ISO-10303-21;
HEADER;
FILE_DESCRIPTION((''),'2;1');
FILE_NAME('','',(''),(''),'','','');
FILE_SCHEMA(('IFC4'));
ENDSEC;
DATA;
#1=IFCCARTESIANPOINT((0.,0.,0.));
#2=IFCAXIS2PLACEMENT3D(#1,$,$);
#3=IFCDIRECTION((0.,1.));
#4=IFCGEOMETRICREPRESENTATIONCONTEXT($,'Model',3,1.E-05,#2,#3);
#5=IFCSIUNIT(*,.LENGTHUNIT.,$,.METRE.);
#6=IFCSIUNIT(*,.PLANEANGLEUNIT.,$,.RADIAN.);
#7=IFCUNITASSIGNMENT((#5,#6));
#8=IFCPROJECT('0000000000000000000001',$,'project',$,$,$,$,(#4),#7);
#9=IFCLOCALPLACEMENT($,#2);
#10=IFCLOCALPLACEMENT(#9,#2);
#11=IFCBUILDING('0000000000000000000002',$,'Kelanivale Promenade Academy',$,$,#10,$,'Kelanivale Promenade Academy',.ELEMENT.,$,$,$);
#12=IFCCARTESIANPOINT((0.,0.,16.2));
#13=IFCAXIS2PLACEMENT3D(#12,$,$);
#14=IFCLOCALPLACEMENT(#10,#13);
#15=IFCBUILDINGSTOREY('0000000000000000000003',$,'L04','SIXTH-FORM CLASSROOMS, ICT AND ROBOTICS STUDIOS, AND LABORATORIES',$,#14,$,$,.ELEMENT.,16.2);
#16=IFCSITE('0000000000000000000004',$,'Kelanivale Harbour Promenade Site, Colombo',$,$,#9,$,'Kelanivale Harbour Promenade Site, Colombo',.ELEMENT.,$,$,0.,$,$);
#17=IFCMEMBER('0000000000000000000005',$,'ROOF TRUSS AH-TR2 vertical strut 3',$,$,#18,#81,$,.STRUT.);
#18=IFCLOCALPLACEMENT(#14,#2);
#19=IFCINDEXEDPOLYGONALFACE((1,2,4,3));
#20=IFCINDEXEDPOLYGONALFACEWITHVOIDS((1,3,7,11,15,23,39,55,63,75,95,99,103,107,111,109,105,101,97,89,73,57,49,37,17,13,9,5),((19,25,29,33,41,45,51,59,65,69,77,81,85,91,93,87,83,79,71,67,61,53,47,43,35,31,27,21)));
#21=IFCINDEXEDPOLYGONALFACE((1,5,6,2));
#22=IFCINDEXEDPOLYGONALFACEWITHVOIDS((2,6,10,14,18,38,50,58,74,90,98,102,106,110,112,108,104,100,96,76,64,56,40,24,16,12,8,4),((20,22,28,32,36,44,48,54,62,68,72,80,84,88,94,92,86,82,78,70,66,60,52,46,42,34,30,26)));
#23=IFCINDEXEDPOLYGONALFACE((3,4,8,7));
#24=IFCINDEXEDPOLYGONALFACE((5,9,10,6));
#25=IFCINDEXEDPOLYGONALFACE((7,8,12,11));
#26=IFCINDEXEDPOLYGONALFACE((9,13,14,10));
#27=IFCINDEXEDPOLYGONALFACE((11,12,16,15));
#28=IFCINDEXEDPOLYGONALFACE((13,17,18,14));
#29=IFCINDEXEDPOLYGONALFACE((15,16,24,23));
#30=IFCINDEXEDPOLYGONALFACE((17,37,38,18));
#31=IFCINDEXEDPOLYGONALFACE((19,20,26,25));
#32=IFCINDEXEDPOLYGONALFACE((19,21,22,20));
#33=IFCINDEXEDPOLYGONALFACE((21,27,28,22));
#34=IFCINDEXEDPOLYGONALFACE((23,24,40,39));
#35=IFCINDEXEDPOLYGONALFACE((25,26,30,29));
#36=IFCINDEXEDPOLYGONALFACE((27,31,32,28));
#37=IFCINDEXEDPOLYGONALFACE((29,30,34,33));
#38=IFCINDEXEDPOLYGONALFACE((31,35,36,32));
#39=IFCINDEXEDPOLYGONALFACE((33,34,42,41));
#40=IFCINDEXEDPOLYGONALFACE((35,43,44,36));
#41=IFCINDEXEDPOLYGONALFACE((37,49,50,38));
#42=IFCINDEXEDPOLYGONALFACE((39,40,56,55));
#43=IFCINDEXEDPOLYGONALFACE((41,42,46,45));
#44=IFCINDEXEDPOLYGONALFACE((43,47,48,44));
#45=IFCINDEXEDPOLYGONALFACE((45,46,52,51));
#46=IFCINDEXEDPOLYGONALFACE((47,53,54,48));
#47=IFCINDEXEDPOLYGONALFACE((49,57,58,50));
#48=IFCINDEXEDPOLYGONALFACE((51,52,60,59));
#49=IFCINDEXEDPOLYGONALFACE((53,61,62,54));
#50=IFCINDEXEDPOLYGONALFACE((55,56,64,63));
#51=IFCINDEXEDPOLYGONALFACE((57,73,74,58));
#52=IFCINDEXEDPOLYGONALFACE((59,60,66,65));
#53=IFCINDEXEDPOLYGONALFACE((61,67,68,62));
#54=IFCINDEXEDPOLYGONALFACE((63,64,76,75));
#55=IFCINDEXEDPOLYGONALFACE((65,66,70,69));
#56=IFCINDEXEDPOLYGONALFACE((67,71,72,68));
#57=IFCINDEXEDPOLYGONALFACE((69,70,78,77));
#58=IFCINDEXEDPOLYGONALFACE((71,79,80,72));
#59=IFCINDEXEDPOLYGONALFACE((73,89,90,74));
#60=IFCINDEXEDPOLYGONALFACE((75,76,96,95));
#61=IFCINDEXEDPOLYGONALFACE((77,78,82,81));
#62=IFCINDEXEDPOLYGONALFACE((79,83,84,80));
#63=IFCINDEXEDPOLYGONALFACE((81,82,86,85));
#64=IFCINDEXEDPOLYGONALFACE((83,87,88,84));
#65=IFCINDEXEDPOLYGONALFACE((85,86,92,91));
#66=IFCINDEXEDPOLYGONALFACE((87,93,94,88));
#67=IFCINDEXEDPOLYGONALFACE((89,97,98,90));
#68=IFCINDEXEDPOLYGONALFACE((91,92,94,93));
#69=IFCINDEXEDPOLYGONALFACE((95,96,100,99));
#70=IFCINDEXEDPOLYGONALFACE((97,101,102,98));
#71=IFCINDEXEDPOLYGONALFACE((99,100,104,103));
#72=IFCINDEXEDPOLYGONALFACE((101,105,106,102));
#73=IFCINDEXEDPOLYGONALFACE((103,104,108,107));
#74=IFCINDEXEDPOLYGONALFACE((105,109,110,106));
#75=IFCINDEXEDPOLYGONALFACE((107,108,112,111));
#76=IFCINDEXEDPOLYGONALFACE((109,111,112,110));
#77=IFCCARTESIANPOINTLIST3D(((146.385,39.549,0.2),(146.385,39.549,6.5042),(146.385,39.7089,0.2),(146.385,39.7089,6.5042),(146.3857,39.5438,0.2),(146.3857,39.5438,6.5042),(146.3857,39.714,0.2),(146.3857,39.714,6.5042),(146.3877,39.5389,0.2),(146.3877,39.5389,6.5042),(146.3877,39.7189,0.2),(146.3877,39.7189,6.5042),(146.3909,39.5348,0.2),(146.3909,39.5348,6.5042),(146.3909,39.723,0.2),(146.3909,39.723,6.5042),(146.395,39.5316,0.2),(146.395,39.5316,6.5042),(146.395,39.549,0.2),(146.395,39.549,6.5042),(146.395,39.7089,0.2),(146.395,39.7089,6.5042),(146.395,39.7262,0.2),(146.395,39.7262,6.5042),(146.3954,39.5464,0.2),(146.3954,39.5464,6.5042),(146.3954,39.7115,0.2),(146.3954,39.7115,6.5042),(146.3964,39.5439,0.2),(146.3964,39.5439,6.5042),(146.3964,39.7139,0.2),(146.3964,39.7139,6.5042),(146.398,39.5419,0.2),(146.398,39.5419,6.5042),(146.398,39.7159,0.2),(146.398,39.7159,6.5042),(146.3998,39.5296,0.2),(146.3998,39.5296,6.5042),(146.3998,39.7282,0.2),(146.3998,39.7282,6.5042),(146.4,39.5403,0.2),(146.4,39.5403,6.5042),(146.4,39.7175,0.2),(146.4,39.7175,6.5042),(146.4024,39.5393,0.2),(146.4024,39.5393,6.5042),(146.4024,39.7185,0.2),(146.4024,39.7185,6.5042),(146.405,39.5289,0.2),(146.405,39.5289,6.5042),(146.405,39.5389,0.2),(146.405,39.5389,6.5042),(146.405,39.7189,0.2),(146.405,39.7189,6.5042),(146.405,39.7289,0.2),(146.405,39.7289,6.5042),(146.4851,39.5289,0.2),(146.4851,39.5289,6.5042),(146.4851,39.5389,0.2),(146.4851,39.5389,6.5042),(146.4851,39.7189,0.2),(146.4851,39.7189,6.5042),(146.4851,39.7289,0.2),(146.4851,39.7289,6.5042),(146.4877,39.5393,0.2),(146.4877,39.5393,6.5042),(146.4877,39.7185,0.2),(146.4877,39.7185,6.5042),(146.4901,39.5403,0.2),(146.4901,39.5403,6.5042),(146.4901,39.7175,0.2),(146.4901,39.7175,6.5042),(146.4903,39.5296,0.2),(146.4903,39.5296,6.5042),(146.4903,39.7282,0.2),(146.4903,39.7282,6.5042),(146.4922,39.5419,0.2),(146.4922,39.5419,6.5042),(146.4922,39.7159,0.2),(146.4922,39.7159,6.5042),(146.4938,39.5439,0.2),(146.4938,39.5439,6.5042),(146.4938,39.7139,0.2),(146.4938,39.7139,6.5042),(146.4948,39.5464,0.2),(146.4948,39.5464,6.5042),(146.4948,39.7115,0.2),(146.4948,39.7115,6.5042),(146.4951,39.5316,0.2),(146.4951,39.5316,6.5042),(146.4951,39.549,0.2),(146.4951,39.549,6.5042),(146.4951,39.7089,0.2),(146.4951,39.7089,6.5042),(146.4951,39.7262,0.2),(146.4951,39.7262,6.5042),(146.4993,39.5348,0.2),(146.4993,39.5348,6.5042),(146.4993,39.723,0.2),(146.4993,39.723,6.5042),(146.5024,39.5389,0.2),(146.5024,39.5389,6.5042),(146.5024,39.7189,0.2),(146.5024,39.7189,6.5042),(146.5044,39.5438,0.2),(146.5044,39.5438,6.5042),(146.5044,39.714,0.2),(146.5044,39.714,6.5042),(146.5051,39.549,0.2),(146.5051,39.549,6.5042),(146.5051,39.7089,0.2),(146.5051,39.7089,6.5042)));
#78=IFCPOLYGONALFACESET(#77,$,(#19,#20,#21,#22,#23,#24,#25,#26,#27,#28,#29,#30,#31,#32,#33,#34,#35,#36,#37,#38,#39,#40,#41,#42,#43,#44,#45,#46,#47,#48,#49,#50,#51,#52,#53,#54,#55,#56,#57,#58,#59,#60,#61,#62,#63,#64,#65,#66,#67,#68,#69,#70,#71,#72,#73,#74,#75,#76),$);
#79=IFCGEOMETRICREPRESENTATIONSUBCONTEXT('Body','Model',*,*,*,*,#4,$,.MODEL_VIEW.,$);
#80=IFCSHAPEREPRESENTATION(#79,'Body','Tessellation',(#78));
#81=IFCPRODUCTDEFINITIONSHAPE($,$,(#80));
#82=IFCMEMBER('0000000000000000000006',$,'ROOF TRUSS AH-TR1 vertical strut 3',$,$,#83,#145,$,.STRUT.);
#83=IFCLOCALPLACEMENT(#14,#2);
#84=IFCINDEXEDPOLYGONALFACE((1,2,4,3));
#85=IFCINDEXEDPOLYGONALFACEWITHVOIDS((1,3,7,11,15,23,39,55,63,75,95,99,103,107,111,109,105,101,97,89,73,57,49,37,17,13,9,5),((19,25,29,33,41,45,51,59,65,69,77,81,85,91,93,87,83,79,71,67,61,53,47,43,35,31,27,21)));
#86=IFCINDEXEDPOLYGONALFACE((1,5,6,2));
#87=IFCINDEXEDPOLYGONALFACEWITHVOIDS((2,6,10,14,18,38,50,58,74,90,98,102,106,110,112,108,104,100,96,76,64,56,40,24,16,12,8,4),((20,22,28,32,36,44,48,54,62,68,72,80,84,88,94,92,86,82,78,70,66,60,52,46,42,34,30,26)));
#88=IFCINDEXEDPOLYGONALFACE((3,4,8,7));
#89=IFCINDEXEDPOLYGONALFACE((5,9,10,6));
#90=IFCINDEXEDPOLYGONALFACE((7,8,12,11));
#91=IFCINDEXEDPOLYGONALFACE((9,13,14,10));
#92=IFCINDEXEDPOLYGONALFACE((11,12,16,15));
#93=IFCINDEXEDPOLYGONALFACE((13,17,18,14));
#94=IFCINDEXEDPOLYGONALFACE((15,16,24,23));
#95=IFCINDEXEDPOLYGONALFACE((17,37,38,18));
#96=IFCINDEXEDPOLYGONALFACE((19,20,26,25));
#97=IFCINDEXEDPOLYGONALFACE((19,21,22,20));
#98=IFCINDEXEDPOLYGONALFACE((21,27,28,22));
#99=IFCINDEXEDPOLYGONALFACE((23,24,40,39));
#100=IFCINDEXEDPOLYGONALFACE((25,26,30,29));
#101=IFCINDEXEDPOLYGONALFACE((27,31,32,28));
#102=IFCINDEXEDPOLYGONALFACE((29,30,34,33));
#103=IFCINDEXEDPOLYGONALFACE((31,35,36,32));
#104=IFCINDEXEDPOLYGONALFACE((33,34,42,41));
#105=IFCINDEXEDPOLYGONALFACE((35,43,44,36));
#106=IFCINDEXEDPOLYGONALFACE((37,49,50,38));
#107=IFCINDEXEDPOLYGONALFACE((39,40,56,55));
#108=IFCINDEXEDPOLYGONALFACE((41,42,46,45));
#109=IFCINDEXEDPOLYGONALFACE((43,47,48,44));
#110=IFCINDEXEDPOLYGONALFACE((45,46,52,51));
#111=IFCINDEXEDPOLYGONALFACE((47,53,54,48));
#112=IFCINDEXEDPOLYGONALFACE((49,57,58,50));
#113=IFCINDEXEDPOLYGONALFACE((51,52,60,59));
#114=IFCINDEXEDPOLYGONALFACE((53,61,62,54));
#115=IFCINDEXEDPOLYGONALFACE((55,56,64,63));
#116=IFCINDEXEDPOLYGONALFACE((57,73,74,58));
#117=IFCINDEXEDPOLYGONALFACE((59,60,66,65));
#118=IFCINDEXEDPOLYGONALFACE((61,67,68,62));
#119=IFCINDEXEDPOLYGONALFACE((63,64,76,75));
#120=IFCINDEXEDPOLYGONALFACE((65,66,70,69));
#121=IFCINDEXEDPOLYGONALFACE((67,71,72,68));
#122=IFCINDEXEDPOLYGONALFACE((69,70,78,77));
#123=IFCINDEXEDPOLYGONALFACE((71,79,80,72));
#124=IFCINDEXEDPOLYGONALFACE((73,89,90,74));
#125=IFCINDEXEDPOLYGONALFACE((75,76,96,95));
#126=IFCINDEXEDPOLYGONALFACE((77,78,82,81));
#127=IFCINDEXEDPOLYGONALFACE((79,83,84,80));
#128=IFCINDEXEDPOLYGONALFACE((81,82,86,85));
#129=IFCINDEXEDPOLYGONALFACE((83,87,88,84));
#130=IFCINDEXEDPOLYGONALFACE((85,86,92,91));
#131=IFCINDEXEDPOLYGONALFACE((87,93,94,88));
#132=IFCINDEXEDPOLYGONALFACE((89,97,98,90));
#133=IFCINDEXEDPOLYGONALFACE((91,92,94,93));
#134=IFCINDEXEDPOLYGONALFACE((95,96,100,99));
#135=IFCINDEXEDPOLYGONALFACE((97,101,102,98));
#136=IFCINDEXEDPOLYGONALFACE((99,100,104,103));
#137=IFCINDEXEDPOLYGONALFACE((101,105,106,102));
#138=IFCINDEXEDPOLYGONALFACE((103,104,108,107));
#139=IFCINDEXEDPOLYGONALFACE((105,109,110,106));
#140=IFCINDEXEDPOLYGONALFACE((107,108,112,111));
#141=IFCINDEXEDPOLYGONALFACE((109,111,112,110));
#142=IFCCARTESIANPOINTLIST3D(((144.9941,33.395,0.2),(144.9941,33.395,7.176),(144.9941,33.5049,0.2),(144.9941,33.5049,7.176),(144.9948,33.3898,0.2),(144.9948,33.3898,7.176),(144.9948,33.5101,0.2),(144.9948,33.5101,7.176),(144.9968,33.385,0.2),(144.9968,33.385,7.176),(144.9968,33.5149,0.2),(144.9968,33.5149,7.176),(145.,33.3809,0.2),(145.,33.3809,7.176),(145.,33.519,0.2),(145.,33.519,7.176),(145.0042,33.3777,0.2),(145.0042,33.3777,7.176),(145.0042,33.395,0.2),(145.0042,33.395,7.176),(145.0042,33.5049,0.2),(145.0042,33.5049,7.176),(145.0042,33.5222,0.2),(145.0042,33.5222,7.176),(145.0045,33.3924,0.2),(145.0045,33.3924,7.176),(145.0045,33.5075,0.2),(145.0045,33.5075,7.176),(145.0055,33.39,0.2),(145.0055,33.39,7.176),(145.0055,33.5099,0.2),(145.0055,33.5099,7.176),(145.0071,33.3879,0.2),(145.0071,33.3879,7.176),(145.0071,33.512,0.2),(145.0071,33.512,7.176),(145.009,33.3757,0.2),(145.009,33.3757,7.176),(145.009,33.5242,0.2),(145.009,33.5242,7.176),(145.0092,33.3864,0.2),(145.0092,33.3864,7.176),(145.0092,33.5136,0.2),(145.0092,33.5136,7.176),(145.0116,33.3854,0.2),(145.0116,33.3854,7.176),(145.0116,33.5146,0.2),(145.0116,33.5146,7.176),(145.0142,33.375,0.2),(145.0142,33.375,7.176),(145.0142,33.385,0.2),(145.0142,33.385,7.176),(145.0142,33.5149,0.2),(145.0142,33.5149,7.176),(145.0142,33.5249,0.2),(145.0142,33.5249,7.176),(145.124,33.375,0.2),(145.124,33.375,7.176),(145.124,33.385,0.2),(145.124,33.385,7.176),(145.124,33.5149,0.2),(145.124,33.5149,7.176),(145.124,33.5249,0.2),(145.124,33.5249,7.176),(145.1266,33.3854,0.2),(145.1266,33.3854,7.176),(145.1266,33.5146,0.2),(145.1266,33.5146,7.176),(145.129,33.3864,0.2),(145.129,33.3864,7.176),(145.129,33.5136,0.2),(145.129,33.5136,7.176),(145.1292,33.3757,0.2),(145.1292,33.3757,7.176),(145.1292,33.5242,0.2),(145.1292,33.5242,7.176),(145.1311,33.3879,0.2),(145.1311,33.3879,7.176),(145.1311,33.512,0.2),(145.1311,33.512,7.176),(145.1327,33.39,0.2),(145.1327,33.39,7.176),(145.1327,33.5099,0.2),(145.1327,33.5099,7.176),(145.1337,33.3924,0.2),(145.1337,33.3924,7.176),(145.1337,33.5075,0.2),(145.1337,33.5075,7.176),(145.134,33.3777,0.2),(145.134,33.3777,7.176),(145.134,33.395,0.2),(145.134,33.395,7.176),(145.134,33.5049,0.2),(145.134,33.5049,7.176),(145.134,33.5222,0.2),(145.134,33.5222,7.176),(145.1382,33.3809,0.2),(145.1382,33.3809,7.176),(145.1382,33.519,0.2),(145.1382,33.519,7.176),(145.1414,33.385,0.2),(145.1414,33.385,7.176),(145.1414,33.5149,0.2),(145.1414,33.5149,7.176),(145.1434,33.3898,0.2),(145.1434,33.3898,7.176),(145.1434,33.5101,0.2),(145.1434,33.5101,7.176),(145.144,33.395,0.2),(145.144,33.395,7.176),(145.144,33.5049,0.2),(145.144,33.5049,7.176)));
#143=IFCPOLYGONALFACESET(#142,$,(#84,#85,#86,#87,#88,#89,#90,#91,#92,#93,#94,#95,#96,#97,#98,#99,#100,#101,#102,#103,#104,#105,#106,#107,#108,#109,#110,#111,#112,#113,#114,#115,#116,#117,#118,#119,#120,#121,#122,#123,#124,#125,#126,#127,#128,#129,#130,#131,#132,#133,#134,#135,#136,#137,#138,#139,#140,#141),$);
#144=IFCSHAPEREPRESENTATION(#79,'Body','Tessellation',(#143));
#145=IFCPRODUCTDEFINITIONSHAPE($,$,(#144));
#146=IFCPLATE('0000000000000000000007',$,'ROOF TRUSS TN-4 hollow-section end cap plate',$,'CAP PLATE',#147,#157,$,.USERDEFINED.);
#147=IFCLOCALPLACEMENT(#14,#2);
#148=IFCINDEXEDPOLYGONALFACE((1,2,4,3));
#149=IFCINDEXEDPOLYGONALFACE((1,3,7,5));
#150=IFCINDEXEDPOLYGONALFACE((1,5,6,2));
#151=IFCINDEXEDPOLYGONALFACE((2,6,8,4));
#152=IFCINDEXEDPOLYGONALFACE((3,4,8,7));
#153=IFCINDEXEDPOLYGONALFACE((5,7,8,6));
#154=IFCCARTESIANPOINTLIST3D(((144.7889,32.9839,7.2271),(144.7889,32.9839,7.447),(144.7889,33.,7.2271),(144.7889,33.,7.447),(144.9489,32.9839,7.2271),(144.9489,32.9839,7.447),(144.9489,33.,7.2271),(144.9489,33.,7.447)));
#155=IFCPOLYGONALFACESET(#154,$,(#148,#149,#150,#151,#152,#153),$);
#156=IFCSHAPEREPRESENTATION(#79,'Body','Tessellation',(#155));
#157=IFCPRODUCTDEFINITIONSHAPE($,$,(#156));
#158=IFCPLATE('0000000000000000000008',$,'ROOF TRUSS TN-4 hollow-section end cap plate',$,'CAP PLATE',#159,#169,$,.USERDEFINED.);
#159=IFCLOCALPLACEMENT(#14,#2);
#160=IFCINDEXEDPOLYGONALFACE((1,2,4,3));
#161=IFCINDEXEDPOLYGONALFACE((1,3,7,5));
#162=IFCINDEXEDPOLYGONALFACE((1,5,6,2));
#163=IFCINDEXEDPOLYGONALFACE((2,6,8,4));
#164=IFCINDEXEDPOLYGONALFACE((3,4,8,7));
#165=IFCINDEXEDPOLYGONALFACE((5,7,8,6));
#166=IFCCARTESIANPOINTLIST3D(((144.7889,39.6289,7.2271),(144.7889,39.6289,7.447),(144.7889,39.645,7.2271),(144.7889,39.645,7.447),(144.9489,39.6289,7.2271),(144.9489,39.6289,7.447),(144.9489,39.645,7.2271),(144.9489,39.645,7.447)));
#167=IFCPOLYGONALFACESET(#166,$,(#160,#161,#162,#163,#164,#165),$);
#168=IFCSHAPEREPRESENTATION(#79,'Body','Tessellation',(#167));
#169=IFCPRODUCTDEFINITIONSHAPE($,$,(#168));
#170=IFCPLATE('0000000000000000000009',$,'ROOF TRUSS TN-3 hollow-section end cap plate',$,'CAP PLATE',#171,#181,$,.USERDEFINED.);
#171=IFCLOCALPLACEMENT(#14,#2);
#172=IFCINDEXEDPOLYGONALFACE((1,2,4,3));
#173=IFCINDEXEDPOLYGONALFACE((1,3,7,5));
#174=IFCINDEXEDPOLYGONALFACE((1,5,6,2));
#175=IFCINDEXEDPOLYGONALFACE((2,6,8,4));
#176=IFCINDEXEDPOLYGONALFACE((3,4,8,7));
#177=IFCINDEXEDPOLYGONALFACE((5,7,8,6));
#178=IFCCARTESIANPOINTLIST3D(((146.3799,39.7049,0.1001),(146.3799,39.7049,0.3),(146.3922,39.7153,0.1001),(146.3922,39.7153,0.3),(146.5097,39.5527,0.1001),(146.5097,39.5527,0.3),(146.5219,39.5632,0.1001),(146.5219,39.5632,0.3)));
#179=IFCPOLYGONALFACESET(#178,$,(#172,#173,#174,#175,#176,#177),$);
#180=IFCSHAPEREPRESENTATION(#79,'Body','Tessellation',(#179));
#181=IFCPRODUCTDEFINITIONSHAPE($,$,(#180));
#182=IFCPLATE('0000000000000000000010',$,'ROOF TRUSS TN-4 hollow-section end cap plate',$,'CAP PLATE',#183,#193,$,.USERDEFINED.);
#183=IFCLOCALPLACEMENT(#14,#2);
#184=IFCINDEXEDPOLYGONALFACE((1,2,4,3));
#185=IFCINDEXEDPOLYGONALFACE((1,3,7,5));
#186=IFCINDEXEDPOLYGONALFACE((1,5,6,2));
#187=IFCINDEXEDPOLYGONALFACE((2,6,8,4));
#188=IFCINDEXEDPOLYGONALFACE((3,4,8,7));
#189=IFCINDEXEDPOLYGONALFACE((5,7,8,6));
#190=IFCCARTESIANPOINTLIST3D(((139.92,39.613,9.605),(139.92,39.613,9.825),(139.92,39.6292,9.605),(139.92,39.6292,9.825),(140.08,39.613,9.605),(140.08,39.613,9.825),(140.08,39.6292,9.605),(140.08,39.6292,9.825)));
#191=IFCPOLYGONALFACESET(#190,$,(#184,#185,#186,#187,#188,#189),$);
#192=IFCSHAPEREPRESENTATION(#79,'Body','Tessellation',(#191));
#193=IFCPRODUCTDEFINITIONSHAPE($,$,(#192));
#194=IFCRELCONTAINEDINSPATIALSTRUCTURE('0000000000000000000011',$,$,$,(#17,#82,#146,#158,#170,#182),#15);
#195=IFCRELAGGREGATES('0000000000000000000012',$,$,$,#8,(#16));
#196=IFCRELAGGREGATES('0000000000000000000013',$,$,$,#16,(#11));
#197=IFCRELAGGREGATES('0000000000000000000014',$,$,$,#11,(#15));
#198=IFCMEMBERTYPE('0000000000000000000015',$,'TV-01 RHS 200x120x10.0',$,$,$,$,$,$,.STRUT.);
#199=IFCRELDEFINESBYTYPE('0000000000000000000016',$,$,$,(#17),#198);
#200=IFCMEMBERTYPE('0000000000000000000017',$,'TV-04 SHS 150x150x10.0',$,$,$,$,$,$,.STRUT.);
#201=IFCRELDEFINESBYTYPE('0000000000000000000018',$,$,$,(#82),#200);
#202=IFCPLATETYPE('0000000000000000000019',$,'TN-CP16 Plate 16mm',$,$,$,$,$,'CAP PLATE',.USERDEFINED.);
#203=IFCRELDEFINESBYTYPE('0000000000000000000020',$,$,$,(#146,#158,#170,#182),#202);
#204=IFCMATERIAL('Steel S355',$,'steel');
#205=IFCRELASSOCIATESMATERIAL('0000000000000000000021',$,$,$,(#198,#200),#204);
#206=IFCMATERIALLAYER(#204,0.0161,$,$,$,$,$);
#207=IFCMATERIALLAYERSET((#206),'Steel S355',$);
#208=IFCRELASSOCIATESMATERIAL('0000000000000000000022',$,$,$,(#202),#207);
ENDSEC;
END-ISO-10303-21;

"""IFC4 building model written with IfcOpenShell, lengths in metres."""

from ifc_helpers import new_model, si_unit, direction, frame, origin, origin_2d, place, context, subcontext, project, spatial, rectangle, hollow_rectangle, extrude, material, layer, layer_set, material_profile, profile_set, type_object, element, save


model = new_model("IFC4")

# Units and contexts
model_context = context("Model", 3, precision=1e-05, world=origin(), true_north=direction((0.0, 1.0)))
body_context = subcontext(model_context, "Body", "Model", "MODEL_VIEW")
ifc_project = project(units=[si_unit("LENGTHUNIT", "METRE"), si_unit("PLANEANGLEUNIT", "RADIAN")], contexts=[model_context])

# Site, building, storey
site_placement = place(None, origin())
site = spatial("IfcSite", under=ifc_project, at=site_placement, Name="Kelanivale Harbour Promenade Site, Colombo", LongName="Kelanivale Harbour Promenade Site, Colombo", CompositionType="ELEMENT", RefElevation=0.0)
building_placement = place(site_placement, origin())
building = spatial("IfcBuilding", under=site, at=building_placement, Name="Kelanivale Promenade Academy", LongName="Kelanivale Promenade Academy", CompositionType="ELEMENT")
storey_placement = place(building_placement, frame((0.0, 0.0, 16.2)))
storey = spatial("IfcBuildingStorey", under=building, at=storey_placement, Name="L04", Description="SIXTH-FORM CLASSROOMS, ICT AND ROBOTICS STUDIOS, AND LABORATORIES", CompositionType="ELEMENT", Elevation=16.2)

# Members
ifc_material_1 = material(Name="Steel S355", Category="steel")
ifc_material_profile_1 = material_profile(ifc_material_1, hollow_rectangle(XDim=0.1201, YDim=0.2, WallThickness=0.01, InnerFilletRadius=0.01, OuterFilletRadius=0.02, at=origin_2d()), Name="RHS 200x120x10.0")
ifc_profile_set_1 = profile_set([ifc_material_profile_1], Name="Steel S355")
member_type_1 = type_object("IfcMemberType", Name="TV-01 RHS 200x120x10.0", PredefinedType="STRUT", material=ifc_profile_set_1)
member_1_placement = place(storey_placement, frame((146.4451, 39.6289, 0.2), z_axis=(0.0, 0.0, 1.0), x_axis=(1.0, 0.0, 0.0)))
element("IfcMember", 1, at=member_1_placement, inside=storey, type_object=member_type_1, Name="ROOF TRUSS AH-TR2 vertical strut 3", PredefinedType="STRUT", context=body_context, shape_type="SweptSolid", body=[
    extrude(hollow_rectangle(XDim=0.1201, YDim=0.2, WallThickness=0.01, InnerFilletRadius=0.01, OuterFilletRadius=0.02, at=origin_2d()), origin(), (0.0, 0.0, 1.0), 6.3042),
])
ifc_material_profile_2 = material_profile(ifc_material_1, hollow_rectangle(XDim=0.1499, YDim=0.1499, WallThickness=0.01, InnerFilletRadius=0.01, OuterFilletRadius=0.02, at=origin_2d()), Name="SHS 150x150x10.0")
ifc_profile_set_2 = profile_set([ifc_material_profile_2], Name="Steel S355")
member_type_2 = type_object("IfcMemberType", Name="TV-04 SHS 150x150x10.0", PredefinedType="STRUT", material=ifc_profile_set_2)
member_2_placement = place(storey_placement, frame((145.0691, 33.45, 0.2), z_axis=(0.0, 0.0, 1.0), x_axis=(1.0, 0.0, 0.0)))
element("IfcMember", 2, at=member_2_placement, inside=storey, type_object=member_type_2, Name="ROOF TRUSS AH-TR1 vertical strut 3", PredefinedType="STRUT", context=body_context, shape_type="SweptSolid", body=[
    extrude(hollow_rectangle(XDim=0.1499, YDim=0.1499, WallThickness=0.01, InnerFilletRadius=0.01, OuterFilletRadius=0.02, at=origin_2d()), origin(), (0.0, 0.0, 1.0), 6.9761),
])

# Plates
ifc_layer_1 = layer(ifc_material_1, 0.0161)
ifc_layer_set_1 = layer_set([ifc_layer_1], Name="Steel S355")
plate_type_1 = type_object("IfcPlateType", Name="TN-CP16 Plate 16mm", ElementType="CAP PLATE", PredefinedType="USERDEFINED", material=ifc_layer_set_1)
for number, where, z_axis, x_axis, name in (
    (3, (144.8689, 32.9919, 7.2271), (0.0, 0.0, 1.0), (0.0, -1.0, 0.0), "ROOF TRUSS TN-4 hollow-section end cap plate"),
    (4, (144.8689, 39.637, 7.2271), (0.0, 0.0, 1.0), (0.0, 1.0, 0.0), "ROOF TRUSS TN-4 hollow-section end cap plate"),
):
    element("IfcPlate", number, at=place(storey_placement, frame(where, z_axis=z_axis, x_axis=x_axis)), inside=storey, type_object=plate_type_1, Name=name, ObjectType="CAP PLATE", PredefinedType="USERDEFINED", context=body_context, shape_type="SweptSolid", body=[
        extrude(rectangle(XDim=0.0161, YDim=0.1599, at=origin_2d()), origin(), (0.0, 0.0, 1.0), 0.22),
    ])
plate_placement = place(storey_placement, frame((146.4509, 39.634, 0.1001), z_axis=(0.0, 0.0, 1.0), x_axis=(0.760859, 0.648917, 0.0)))
element("IfcPlate", 5, at=plate_placement, inside=storey, type_object=plate_type_1, Name="ROOF TRUSS TN-3 hollow-section end cap plate", ObjectType="CAP PLATE", PredefinedType="USERDEFINED", context=body_context, shape_type="SweptSolid", body=[
    extrude(rectangle(XDim=0.0161, YDim=0.2, at=origin_2d()), origin(), (0.0, 0.0, 1.0), 0.2),
])
for number, where, z_axis, x_axis, name in (
    (6, (140.0, 39.6211, 9.605), (0.0, 0.0, 1.0), (0.0, -1.0, 0.0), "ROOF TRUSS TN-4 hollow-section end cap plate"),
):
    element("IfcPlate", number, at=place(storey_placement, frame(where, z_axis=z_axis, x_axis=x_axis)), inside=storey, type_object=plate_type_1, Name=name, ObjectType="CAP PLATE", PredefinedType="USERDEFINED", context=body_context, shape_type="SweptSolid", body=[
        extrude(rectangle(XDim=0.0161, YDim=0.1599, at=origin_2d()), origin(), (0.0, 0.0, 1.0), 0.22),
    ])

save(model, "model.ifc")
